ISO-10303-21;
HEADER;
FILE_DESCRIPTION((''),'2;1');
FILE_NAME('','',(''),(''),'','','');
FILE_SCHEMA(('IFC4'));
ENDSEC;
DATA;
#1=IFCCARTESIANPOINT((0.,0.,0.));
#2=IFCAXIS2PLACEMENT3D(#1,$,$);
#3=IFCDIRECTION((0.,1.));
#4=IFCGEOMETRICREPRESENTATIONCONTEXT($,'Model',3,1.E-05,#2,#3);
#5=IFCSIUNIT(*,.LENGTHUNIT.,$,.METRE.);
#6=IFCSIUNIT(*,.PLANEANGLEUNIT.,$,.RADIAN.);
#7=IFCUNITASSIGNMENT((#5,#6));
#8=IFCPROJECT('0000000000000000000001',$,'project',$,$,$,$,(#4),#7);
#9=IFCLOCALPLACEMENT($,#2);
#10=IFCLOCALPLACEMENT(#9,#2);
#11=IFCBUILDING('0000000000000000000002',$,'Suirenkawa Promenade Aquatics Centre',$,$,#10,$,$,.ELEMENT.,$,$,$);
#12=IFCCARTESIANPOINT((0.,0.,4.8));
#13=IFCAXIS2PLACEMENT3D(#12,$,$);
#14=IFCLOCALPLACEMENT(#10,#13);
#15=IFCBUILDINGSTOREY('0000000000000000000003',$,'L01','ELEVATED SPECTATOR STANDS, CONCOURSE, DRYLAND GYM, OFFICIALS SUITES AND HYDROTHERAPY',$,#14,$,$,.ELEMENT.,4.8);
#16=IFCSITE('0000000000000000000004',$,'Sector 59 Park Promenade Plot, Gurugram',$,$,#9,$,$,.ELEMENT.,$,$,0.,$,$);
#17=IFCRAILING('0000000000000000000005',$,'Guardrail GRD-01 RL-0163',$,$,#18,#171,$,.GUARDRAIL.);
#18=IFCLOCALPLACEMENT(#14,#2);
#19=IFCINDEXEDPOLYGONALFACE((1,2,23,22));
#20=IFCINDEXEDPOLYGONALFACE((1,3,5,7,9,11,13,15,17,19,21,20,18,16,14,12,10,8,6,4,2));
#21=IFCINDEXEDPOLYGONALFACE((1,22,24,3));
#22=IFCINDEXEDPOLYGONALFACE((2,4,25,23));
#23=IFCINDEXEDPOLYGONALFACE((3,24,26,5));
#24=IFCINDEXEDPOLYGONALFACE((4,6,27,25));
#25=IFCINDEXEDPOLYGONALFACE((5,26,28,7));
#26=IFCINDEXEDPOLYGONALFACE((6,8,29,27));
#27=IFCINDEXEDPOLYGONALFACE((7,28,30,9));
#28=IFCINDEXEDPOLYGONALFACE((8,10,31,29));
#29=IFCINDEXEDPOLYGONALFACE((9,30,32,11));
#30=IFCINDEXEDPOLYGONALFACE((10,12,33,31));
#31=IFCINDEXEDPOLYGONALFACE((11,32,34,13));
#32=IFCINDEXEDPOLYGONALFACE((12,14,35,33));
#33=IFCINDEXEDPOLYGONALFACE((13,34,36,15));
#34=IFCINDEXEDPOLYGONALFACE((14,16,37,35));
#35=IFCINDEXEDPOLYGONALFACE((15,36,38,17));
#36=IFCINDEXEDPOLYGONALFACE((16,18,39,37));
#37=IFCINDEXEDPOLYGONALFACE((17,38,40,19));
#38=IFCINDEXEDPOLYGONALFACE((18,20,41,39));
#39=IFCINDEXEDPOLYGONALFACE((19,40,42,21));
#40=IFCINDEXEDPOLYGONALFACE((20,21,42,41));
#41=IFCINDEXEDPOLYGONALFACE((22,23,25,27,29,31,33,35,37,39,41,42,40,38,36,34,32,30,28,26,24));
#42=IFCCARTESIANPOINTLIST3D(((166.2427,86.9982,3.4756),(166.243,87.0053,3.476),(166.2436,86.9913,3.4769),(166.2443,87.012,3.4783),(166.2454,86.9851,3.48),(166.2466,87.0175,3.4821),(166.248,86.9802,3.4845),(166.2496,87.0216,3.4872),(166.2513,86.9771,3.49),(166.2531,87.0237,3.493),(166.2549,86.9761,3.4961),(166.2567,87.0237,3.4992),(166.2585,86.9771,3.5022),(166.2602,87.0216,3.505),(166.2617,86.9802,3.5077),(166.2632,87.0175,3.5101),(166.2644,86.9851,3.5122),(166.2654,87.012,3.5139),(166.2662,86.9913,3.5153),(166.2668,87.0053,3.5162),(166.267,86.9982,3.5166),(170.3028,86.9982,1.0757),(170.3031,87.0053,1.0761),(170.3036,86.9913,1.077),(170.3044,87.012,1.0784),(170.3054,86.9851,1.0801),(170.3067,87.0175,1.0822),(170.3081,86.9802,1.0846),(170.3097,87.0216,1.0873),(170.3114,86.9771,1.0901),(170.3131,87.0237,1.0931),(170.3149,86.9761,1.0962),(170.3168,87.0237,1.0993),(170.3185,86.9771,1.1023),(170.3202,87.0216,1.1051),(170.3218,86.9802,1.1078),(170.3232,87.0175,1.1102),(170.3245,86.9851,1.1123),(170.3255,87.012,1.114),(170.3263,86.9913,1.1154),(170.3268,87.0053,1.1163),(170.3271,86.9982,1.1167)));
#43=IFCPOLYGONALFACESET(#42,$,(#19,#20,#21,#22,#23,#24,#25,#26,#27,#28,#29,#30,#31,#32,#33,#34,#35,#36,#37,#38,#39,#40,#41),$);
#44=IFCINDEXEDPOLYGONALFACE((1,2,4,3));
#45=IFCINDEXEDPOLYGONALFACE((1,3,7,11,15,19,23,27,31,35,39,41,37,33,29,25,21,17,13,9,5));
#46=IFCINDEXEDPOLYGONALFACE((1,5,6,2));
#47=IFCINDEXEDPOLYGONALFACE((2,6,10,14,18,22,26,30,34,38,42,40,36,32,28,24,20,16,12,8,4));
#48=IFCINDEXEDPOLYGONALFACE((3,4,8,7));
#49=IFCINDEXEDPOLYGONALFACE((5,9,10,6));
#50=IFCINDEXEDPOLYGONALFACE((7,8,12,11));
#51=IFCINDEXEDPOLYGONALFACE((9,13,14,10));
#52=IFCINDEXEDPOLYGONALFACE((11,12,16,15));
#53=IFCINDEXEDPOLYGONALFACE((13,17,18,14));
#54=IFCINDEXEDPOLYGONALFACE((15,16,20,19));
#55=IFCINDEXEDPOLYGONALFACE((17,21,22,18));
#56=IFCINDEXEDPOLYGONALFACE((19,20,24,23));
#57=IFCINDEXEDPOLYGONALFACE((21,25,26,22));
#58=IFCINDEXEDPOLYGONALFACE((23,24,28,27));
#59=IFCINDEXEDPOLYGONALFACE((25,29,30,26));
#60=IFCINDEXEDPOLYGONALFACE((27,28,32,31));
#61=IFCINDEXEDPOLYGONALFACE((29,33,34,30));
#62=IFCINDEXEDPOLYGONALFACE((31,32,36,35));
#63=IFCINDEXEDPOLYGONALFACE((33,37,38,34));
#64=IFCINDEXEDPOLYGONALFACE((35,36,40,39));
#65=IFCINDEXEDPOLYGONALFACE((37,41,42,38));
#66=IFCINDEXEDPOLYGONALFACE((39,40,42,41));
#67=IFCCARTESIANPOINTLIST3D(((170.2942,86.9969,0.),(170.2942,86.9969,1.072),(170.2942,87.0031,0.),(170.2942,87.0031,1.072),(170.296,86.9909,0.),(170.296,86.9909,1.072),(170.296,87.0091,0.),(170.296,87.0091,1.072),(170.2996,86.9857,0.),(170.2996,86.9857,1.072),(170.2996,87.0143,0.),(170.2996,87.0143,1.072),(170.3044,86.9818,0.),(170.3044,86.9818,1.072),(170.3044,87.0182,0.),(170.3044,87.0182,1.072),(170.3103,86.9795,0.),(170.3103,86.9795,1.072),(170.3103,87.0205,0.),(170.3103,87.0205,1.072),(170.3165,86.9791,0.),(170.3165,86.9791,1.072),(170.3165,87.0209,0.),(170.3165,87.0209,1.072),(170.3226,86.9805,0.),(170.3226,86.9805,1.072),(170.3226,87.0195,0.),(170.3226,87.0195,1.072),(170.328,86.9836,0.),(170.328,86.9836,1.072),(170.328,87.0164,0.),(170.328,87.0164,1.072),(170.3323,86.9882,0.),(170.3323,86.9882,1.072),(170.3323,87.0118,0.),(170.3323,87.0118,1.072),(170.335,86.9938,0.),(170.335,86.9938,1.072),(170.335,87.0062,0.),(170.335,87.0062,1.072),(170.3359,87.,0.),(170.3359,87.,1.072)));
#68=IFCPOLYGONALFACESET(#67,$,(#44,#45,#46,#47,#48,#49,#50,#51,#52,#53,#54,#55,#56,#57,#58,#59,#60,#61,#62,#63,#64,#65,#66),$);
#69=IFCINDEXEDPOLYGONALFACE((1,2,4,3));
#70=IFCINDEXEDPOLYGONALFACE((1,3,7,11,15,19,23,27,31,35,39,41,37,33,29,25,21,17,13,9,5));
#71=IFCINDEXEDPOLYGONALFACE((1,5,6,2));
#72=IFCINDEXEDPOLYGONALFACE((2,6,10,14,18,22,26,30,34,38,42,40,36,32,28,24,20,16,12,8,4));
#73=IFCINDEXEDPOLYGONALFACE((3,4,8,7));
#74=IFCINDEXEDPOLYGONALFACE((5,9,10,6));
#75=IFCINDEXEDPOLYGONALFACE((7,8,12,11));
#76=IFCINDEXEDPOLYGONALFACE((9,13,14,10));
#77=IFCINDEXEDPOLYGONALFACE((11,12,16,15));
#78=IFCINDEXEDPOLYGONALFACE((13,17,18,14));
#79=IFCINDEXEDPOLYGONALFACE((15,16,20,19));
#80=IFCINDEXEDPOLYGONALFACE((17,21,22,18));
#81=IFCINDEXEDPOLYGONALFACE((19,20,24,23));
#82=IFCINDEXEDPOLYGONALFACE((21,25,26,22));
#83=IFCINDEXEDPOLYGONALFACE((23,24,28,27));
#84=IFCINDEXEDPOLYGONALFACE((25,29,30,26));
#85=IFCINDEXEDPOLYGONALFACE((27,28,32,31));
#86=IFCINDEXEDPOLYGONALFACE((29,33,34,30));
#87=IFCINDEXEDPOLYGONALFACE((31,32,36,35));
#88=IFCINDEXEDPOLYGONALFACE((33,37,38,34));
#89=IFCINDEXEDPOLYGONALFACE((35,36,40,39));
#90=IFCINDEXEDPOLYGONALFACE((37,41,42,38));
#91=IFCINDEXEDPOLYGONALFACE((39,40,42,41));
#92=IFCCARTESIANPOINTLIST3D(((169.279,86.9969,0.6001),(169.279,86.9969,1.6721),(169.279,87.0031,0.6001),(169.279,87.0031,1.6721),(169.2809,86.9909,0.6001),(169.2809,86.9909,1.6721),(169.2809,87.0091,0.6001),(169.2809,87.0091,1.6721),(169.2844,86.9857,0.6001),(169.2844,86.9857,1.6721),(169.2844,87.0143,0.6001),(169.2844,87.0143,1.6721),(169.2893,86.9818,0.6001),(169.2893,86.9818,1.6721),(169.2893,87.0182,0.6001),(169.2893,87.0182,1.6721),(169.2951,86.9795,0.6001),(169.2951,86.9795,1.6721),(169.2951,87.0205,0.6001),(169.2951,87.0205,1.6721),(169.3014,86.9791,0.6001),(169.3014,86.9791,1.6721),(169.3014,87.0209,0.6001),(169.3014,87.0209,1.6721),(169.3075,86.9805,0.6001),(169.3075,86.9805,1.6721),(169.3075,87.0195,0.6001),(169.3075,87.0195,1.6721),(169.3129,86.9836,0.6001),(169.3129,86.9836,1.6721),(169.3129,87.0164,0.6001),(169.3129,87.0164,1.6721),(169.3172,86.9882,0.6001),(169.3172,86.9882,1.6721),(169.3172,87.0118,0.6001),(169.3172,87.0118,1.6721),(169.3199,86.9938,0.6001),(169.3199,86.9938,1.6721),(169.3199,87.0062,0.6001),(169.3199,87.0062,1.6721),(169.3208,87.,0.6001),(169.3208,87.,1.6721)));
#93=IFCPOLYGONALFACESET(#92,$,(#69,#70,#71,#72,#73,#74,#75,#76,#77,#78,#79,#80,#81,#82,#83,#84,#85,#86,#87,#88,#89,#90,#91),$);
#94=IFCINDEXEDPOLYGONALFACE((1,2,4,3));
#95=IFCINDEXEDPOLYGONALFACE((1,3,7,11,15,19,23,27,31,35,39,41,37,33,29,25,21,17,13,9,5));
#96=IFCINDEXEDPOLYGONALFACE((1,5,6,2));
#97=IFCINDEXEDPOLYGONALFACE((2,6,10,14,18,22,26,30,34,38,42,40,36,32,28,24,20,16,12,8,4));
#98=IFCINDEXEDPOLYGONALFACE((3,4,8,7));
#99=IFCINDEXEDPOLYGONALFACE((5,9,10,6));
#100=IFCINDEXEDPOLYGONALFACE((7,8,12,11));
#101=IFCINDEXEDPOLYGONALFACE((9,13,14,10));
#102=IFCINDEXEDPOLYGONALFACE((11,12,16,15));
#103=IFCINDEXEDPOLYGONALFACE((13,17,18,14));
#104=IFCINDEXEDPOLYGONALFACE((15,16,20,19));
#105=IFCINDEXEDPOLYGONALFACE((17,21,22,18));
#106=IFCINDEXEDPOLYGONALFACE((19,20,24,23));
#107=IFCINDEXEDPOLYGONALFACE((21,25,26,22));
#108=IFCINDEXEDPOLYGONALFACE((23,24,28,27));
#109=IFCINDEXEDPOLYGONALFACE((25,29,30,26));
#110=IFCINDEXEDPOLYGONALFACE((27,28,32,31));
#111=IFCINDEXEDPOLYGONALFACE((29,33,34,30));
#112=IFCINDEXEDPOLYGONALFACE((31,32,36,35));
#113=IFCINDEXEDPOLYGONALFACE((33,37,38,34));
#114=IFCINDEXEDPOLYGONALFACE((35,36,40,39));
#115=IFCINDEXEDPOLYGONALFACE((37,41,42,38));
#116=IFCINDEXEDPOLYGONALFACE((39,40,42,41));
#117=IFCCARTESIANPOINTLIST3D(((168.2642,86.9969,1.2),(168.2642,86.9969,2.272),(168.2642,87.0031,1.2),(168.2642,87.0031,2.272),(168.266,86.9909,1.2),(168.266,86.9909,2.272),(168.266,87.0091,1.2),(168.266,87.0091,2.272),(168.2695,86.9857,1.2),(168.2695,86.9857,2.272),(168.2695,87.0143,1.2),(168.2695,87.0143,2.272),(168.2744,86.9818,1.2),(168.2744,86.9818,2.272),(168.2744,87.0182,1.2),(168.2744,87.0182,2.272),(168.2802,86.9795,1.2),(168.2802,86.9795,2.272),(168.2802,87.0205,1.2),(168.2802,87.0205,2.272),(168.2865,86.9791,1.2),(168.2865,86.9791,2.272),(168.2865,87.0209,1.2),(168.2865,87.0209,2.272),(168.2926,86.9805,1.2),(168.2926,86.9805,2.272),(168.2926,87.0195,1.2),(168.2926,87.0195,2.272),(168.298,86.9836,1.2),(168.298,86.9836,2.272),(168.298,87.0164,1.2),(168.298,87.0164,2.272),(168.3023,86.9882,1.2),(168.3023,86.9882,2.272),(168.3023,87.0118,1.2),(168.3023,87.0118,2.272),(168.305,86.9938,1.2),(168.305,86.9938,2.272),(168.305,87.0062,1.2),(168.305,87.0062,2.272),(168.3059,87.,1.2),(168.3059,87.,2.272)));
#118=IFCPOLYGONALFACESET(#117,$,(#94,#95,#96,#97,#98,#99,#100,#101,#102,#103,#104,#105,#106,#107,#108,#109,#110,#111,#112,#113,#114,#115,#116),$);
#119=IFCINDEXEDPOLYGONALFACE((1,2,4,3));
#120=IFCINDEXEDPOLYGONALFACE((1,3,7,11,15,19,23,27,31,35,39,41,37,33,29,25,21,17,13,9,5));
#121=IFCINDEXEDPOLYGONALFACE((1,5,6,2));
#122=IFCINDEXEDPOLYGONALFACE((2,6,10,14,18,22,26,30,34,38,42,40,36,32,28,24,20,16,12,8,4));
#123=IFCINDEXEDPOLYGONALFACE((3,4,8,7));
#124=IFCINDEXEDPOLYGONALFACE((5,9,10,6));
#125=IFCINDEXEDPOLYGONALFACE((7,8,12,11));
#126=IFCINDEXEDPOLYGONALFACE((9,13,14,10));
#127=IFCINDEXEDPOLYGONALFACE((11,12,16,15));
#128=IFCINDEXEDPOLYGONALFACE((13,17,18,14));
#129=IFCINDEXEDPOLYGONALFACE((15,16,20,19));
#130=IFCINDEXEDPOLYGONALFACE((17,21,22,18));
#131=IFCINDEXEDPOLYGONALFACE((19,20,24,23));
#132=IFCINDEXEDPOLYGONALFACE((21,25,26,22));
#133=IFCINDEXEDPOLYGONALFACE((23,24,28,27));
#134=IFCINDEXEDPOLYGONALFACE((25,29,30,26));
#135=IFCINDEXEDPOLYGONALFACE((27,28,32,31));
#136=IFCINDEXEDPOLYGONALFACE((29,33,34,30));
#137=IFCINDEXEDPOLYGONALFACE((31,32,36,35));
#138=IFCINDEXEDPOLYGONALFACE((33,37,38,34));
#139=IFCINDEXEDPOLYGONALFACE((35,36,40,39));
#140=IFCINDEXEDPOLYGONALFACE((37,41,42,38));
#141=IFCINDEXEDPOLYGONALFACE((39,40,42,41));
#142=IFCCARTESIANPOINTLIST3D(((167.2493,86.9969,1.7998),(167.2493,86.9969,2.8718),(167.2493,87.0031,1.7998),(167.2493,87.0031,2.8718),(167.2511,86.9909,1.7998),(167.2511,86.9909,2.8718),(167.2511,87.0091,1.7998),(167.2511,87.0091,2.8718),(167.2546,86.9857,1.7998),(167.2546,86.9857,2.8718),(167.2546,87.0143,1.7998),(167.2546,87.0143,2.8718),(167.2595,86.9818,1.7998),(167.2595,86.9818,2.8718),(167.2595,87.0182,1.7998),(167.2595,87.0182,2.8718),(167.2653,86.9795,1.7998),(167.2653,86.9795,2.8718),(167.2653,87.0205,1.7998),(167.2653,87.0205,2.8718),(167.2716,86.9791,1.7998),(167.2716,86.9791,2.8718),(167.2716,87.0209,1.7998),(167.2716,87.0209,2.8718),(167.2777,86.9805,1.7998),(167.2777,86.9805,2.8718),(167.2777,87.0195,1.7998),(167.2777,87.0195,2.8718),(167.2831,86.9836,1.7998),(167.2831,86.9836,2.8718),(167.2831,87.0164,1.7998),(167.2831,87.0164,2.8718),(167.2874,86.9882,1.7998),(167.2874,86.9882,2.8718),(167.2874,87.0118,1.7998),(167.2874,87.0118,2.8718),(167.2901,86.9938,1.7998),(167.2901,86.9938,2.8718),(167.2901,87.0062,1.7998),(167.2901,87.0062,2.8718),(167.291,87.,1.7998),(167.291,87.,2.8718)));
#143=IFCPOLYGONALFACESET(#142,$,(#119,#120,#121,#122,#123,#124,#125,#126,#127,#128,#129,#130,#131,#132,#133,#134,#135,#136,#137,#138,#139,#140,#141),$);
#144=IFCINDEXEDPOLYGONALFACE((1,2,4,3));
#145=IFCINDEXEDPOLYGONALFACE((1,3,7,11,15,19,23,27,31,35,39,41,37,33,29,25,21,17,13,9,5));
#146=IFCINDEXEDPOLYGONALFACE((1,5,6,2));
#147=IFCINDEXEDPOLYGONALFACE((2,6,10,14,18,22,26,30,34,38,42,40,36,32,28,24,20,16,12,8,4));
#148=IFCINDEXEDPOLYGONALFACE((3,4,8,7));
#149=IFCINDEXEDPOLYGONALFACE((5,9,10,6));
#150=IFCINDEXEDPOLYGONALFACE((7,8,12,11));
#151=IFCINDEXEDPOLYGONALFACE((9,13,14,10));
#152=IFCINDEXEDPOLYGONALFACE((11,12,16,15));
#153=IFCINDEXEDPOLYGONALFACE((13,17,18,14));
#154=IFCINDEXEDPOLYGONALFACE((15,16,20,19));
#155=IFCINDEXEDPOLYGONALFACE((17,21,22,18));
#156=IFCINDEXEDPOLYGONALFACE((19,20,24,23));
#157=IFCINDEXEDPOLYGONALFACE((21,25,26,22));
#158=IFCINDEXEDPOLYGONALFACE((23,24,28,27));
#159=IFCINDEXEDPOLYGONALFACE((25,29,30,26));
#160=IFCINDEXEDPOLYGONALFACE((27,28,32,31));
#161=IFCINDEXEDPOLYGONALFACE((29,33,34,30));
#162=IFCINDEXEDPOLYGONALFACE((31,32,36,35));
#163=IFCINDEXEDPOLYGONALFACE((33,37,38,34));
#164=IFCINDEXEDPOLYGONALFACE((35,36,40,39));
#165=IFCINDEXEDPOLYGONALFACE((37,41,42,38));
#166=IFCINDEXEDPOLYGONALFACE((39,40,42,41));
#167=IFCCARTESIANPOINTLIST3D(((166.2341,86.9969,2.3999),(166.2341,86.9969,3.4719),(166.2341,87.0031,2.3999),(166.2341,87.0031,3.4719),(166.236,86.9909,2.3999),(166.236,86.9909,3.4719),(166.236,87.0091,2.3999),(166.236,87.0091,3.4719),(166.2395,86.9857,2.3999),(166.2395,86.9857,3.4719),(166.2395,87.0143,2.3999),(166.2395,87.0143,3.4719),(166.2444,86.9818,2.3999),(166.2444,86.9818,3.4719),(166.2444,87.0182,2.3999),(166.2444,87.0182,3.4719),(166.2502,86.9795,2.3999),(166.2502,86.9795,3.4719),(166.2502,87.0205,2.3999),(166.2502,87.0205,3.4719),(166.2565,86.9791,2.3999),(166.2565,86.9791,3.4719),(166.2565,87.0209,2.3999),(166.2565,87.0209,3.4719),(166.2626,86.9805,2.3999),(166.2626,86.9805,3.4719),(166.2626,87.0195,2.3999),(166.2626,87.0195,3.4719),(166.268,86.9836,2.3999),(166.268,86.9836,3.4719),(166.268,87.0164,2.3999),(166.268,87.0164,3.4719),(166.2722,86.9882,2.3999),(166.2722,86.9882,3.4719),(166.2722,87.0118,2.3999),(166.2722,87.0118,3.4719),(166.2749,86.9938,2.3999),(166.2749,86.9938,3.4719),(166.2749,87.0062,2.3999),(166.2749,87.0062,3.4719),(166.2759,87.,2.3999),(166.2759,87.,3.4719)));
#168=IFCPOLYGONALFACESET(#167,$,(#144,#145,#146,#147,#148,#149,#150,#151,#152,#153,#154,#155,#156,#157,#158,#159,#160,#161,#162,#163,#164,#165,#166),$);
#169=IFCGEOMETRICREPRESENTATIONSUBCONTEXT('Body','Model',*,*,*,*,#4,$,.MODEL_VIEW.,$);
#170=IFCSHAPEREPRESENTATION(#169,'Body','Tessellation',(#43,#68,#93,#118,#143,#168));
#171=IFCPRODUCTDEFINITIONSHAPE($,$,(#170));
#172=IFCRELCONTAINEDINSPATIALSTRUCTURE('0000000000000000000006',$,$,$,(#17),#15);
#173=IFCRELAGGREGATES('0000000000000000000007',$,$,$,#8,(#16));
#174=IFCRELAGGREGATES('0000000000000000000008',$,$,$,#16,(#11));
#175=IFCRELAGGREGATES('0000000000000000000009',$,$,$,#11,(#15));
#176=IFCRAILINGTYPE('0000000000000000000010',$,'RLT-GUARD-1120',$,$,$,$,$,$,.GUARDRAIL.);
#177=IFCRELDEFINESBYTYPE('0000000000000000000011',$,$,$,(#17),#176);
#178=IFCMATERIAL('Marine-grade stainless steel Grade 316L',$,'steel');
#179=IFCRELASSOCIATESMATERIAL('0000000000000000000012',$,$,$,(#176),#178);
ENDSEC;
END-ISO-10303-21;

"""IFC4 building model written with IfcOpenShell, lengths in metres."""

from ifc_helpers import new_model, si_unit, direction, frame, origin, origin_2d, place, context, subcontext, project, spatial, circle, extrude, material, type_object, element, save


model = new_model("IFC4")

# Units and contexts
model_context = context("Model", 3, precision=1e-05, world=origin(), true_north=direction((0.0, 1.0)))
body_context = subcontext(model_context, "Body", "Model", "MODEL_VIEW")
ifc_project = project(units=[si_unit("LENGTHUNIT", "METRE"), si_unit("PLANEANGLEUNIT", "RADIAN")], contexts=[model_context])

# Site, building, storey
site_placement = place(None, origin())
site = spatial("IfcSite", under=ifc_project, at=site_placement, Name="Sector 59 Park Promenade Plot, Gurugram", CompositionType="ELEMENT", RefElevation=0.0)
building_placement = place(site_placement, origin())
building = spatial("IfcBuilding", under=site, at=building_placement, Name="Suirenkawa Promenade Aquatics Centre", CompositionType="ELEMENT")
storey_placement = place(building_placement, frame((0.0, 0.0, 4.8)))
storey = spatial("IfcBuildingStorey", under=building, at=storey_placement, Name="L01", Description="ELEVATED SPECTATOR STANDS, CONCOURSE, DRYLAND GYM, OFFICIALS SUITES AND HYDROTHERAPY", CompositionType="ELEMENT", Elevation=4.8)

# Shared definitions
ifc_material_1 = material(Name="Marine-grade stainless steel Grade 316L", Category="steel")

# Railing
railing_type_1 = type_object("IfcRailingType", Name="RLT-GUARD-1120", PredefinedType="GUARDRAIL", material=ifc_material_1)
for number, where, name in (
    (1, (170.3149, 87.0, 0.0), "Guardrail GRD-01 RL-0163"),
):
    element("IfcRailing", number, at=place(storey_placement, frame(where)), inside=storey, type_object=railing_type_1, Name=name, PredefinedType="GUARDRAIL", context=body_context, shape_type="SweptSolid", body=[
        extrude(circle(Radius=0.0239, at=origin_2d()), frame((0.0, 0.0, 1.0962), z_axis=(-0.860854, 0.0, 0.508851), x_axis=(0.0, -1.0, 0.0)), (0.0, 0.0, 1.0), 4.7163),
        extrude(circle(Radius=0.021, at=origin_2d()), origin(), (0.0, 0.0, 1.0), 1.072),
        extrude(circle(Radius=0.021, at=origin_2d()), frame((-1.0151, 0.0, 0.6001)), (0.0, 0.0, 1.0), 1.072),
        extrude(circle(Radius=0.021, at=origin_2d()), frame((-2.03, 0.0, 1.2)), (0.0, 0.0, 1.0), 1.072),
        extrude(circle(Radius=0.021, at=origin_2d()), frame((-3.0449, 0.0, 1.7998)), (0.0, 0.0, 1.0), 1.072),
        extrude(circle(Radius=0.021, at=origin_2d()), frame((-4.0601, 0.0, 2.3999)), (0.0, 0.0, 1.0), 1.072),
    ])

save(model, "model.ifc")
